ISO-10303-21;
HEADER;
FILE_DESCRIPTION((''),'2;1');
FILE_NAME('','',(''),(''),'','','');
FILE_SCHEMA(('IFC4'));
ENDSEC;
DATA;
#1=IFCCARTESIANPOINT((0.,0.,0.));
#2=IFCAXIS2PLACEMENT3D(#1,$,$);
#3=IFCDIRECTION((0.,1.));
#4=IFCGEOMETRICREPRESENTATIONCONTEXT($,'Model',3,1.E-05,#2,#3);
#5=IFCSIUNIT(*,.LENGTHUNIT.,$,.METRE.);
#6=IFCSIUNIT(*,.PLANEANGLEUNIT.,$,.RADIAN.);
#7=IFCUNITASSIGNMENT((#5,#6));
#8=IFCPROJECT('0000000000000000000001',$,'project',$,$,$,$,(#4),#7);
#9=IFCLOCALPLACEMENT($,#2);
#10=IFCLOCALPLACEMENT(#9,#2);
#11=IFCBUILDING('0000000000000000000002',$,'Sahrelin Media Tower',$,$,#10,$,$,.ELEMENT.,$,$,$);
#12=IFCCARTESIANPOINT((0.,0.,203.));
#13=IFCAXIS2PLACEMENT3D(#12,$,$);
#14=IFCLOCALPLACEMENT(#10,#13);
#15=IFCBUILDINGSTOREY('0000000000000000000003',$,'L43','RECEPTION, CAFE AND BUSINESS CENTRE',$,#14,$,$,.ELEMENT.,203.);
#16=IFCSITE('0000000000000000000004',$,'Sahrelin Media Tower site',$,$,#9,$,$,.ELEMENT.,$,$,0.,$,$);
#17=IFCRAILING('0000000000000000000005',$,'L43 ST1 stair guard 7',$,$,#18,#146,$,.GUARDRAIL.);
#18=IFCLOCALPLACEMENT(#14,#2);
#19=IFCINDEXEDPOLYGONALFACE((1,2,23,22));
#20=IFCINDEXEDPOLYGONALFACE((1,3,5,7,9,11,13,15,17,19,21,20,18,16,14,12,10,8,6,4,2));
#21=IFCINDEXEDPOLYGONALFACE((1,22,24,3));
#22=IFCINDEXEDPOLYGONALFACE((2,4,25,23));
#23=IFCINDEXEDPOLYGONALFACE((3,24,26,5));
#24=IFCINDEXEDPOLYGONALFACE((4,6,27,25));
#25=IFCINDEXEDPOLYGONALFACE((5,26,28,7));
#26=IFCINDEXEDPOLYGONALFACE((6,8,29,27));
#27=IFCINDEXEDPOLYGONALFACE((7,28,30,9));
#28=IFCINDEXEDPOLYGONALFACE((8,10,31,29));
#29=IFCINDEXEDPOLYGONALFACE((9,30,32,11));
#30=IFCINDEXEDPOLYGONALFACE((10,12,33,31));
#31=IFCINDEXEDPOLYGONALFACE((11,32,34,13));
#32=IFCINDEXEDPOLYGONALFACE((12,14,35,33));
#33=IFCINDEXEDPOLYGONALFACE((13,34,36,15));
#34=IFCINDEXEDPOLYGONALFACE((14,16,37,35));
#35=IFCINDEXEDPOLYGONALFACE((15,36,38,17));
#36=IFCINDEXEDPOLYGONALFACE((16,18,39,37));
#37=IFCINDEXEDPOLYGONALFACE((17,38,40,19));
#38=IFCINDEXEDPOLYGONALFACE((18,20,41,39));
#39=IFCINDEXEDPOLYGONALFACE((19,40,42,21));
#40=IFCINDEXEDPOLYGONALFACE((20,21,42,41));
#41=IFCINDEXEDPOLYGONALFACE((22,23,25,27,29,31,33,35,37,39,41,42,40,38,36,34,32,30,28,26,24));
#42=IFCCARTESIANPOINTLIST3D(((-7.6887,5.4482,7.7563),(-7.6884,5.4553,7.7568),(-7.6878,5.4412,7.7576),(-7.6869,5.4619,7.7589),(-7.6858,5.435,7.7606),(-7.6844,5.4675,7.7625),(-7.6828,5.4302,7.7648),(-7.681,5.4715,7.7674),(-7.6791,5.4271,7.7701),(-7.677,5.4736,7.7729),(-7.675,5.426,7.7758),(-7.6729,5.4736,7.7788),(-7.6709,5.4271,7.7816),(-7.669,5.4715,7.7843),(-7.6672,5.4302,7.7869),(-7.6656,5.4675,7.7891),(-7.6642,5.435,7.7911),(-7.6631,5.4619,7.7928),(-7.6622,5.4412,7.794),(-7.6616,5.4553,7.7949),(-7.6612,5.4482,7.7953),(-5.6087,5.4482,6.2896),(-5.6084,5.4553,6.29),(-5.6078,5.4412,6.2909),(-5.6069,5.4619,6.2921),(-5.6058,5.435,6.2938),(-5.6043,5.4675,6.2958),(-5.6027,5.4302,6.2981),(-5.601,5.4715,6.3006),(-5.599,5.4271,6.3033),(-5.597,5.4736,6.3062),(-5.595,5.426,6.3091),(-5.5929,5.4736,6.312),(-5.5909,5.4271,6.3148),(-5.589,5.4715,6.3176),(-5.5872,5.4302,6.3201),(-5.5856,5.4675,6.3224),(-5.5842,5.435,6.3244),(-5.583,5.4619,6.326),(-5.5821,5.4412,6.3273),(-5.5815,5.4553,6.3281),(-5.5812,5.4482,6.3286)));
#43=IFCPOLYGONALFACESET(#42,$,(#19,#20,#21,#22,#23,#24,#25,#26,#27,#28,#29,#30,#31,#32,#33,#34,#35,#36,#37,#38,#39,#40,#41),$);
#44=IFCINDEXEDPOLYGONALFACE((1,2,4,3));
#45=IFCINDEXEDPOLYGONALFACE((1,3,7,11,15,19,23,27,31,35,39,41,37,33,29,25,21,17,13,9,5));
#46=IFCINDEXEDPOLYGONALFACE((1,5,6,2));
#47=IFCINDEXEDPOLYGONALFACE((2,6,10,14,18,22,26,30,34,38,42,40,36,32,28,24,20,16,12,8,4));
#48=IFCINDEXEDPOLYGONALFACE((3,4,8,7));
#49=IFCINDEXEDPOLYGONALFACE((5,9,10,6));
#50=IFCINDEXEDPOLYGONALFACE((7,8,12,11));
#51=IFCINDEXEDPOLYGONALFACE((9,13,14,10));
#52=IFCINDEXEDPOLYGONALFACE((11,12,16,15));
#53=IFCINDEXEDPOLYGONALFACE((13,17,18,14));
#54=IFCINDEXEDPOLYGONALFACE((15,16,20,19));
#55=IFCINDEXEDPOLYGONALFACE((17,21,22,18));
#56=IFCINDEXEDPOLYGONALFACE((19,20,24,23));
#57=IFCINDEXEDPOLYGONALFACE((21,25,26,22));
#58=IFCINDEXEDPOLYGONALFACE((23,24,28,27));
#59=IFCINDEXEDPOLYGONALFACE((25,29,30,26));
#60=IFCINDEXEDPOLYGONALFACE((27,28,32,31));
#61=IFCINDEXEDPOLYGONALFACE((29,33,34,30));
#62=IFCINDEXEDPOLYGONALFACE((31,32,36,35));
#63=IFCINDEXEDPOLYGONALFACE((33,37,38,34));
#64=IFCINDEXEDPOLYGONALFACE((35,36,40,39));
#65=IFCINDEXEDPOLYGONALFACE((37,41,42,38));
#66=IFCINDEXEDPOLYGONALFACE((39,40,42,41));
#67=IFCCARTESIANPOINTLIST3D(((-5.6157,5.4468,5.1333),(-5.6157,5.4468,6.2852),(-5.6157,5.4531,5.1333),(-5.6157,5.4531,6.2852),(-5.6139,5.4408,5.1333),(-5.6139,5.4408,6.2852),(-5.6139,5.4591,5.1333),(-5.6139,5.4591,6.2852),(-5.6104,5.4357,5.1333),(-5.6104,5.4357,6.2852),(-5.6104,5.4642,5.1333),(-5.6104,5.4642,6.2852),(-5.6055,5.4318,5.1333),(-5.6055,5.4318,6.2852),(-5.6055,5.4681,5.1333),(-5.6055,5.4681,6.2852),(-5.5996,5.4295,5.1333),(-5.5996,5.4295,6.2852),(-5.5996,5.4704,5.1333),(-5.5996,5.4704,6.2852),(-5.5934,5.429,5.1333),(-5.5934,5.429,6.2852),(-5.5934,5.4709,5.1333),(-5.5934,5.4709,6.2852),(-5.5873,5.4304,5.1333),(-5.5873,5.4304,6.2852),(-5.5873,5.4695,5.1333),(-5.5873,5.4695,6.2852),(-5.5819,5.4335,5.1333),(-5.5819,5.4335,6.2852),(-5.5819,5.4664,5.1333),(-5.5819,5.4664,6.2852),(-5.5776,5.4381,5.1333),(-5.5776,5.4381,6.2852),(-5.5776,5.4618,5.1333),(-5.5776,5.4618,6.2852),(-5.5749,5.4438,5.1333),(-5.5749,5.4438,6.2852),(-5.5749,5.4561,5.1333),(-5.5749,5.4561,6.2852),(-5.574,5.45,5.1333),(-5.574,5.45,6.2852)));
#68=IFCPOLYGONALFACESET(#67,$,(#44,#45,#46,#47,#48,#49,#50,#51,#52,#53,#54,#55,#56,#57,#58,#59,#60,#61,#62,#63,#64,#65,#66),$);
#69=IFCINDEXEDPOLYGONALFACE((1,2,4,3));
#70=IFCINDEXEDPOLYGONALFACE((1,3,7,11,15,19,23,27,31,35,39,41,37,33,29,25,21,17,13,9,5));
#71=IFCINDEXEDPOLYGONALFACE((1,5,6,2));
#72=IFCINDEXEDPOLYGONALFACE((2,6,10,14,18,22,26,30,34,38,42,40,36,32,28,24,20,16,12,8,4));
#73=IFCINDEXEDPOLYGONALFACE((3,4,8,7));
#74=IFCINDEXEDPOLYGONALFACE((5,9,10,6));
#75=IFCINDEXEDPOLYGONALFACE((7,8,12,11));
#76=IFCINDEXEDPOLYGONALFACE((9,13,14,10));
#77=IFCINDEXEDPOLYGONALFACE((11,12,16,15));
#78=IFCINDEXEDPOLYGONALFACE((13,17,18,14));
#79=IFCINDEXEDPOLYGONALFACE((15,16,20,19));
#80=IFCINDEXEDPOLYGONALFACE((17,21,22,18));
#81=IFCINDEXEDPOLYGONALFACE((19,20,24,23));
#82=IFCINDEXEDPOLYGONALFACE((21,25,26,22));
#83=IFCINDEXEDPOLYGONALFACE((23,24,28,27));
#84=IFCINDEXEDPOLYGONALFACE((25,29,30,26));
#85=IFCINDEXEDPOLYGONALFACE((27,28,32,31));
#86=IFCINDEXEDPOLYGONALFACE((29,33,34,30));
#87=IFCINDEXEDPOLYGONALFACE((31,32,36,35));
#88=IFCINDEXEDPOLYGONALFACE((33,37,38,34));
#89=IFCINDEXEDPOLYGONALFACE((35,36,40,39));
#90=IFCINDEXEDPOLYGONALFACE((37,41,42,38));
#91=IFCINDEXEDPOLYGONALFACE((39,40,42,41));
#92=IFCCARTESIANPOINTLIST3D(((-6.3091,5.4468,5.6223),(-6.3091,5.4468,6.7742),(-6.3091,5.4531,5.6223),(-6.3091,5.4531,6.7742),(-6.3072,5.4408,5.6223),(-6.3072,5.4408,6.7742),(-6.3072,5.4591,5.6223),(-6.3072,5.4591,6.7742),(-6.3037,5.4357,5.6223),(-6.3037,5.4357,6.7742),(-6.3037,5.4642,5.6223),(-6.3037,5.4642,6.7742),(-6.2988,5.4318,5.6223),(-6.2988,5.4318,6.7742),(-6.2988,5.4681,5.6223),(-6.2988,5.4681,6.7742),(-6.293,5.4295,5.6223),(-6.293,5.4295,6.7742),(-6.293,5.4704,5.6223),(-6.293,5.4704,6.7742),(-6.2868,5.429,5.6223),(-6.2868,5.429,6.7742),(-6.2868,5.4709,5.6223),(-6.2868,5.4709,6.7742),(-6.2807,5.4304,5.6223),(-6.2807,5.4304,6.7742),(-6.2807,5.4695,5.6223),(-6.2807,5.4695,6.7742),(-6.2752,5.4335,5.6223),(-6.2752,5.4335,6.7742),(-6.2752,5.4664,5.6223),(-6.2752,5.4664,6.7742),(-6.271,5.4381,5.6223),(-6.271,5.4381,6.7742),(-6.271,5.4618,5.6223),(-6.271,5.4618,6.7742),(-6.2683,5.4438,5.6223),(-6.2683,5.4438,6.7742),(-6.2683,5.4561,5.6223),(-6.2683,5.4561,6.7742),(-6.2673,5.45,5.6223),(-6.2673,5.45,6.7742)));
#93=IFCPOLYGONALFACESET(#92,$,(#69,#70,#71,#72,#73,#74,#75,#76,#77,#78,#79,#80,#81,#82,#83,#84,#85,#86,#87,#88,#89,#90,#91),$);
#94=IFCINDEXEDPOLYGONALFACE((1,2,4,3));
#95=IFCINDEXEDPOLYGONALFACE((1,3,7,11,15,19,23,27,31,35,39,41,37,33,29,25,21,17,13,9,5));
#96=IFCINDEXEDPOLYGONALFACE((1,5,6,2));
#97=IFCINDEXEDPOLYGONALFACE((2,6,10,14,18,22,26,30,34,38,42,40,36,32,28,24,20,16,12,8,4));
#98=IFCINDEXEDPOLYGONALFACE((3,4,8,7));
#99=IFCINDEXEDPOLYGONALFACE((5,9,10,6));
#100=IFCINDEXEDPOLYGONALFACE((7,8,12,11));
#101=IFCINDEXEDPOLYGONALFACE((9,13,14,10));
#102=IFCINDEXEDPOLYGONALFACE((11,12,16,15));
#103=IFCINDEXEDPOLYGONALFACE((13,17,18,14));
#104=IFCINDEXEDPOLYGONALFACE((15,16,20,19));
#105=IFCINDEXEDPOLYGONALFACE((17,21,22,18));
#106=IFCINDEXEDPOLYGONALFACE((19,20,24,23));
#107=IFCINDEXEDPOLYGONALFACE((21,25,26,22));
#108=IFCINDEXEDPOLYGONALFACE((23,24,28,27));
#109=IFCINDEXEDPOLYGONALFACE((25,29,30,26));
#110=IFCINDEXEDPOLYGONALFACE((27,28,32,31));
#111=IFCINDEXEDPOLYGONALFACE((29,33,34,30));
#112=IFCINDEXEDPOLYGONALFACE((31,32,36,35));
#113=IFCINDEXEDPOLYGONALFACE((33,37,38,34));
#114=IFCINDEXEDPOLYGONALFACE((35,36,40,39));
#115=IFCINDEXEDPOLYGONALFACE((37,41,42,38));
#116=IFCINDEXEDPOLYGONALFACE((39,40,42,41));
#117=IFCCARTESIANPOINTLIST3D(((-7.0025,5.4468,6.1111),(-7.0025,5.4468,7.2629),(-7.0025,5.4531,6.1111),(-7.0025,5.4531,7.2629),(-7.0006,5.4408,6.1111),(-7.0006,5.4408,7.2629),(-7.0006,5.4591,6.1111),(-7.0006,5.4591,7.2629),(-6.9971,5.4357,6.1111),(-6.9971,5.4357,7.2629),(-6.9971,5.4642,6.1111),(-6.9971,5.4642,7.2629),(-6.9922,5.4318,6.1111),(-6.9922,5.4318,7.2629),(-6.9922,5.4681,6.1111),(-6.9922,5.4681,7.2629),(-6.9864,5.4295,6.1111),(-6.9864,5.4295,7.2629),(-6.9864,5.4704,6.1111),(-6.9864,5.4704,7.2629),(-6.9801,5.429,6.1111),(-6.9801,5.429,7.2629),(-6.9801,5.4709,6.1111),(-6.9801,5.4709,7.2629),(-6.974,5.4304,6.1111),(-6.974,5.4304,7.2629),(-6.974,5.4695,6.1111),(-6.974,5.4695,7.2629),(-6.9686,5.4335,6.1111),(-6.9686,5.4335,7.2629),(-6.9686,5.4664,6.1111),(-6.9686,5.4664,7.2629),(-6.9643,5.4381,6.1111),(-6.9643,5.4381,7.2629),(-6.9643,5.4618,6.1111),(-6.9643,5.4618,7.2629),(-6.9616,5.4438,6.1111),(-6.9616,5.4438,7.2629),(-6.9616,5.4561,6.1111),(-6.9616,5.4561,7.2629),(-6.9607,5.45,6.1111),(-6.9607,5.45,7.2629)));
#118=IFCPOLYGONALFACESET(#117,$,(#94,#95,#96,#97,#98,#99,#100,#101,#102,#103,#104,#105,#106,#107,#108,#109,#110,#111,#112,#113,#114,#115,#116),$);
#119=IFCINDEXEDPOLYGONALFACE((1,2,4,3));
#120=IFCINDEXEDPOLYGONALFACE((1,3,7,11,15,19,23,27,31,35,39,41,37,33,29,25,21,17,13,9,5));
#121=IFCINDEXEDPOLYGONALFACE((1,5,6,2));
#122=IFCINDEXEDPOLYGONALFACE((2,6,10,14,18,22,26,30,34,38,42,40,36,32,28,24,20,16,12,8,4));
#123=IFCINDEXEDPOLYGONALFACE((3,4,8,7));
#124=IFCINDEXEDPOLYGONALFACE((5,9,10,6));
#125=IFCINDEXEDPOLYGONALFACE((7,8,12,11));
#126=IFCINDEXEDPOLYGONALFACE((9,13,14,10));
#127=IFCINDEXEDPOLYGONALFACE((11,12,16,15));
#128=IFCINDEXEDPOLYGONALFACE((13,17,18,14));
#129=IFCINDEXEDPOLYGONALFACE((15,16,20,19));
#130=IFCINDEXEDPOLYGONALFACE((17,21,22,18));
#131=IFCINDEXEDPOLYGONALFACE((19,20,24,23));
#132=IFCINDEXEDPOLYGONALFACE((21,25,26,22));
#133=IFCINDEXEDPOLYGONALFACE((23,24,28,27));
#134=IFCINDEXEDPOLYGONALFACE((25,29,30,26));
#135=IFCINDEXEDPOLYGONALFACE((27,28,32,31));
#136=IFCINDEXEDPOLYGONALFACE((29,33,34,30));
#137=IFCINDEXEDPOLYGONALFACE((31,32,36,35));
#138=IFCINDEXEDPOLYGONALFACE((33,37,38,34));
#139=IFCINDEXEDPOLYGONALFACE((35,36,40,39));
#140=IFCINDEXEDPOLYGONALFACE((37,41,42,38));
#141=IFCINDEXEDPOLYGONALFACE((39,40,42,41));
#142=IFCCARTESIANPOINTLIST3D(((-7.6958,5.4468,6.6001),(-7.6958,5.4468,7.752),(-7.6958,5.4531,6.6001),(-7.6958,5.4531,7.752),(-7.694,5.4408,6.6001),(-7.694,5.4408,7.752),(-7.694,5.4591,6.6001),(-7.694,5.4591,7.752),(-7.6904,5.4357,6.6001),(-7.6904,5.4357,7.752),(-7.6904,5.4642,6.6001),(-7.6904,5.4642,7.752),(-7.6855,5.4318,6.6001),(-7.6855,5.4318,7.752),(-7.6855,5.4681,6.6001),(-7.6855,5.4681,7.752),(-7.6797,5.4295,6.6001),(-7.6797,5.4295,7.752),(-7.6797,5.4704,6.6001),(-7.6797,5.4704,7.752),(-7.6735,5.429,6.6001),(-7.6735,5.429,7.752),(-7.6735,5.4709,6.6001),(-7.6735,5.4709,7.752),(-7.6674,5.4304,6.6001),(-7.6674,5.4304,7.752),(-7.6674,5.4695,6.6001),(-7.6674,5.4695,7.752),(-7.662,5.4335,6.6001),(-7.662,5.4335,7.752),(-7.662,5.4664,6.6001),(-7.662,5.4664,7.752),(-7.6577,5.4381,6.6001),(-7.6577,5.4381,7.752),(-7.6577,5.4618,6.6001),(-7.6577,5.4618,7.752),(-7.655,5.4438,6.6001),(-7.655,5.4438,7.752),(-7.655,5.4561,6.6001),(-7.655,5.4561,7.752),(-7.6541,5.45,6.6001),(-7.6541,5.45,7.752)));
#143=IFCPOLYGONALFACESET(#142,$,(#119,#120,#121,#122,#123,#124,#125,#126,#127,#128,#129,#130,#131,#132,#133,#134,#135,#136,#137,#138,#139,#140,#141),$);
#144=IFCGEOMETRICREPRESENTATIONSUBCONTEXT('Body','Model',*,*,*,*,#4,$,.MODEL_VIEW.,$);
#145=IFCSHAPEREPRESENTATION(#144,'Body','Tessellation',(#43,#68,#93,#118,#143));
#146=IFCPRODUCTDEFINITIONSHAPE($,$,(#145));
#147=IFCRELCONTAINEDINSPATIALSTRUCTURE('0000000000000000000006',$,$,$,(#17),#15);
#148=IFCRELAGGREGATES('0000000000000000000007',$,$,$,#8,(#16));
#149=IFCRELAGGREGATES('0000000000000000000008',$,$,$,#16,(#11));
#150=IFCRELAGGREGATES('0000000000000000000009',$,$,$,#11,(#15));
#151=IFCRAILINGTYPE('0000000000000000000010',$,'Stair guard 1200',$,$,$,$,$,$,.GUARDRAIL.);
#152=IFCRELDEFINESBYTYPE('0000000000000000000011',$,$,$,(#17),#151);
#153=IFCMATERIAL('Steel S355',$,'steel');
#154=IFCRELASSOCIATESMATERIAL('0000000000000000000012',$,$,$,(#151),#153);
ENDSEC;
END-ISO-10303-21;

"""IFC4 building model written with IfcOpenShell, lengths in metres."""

from ifc_helpers import new_model, si_unit, direction, frame, origin, origin_2d, place, context, subcontext, project, spatial, circle, extrude, material, type_object, element, save


model = new_model("IFC4")

# Units and contexts
model_context = context("Model", 3, precision=1e-05, world=origin(), true_north=direction((0.0, 1.0)))
body_context = subcontext(model_context, "Body", "Model", "MODEL_VIEW")
ifc_project = project(units=[si_unit("LENGTHUNIT", "METRE"), si_unit("PLANEANGLEUNIT", "RADIAN")], contexts=[model_context])

# Site, building, storey
site_placement = place(None, origin())
site = spatial("IfcSite", under=ifc_project, at=site_placement, Name="Sahrelin Media Tower site", CompositionType="ELEMENT", RefElevation=0.0)
building_placement = place(site_placement, origin())
building = spatial("IfcBuilding", under=site, at=building_placement, Name="Sahrelin Media Tower", CompositionType="ELEMENT")
storey_placement = place(building_placement, frame((0.0, 0.0, 203.0)))
storey = spatial("IfcBuildingStorey", under=building, at=storey_placement, Name="L43", Description="RECEPTION, CAFE AND BUSINESS CENTRE", CompositionType="ELEMENT", Elevation=203.0)

# Railing
ifc_material_1 = material(Name="Steel S355", Category="steel")
railing_type_1 = type_object("IfcRailingType", Name="Stair guard 1200", PredefinedType="GUARDRAIL", material=ifc_material_1)
railing_1_placement = place(storey_placement, frame((-5.595, 5.45, 5.1333)))
element("IfcRailing", 1, at=railing_1_placement, inside=storey, type_object=railing_type_1, Name="L43 ST1 stair guard 7", PredefinedType="GUARDRAIL", context=body_context, shape_type="SweptSolid", body=[
    extrude(circle(Radius=0.0239, at=origin_2d()), frame((0.0, 0.0, 1.1758), z_axis=(-0.817244, 0.0, 0.576291), x_axis=(0.0, -1.0, 0.0)), (0.0, 0.0, 1.0), 2.5452),
    extrude(circle(Radius=0.021, at=origin_2d()), origin(), (0.0, 0.0, 1.0), 1.1519),
    extrude(circle(Radius=0.021, at=origin_2d()), frame((-0.6934, 0.0, 0.489)), (0.0, 0.0, 1.0), 1.1519),
    extrude(circle(Radius=0.021, at=origin_2d()), frame((-1.3867, 0.0, 0.9778)), (0.0, 0.0, 1.0), 1.1519),
    extrude(circle(Radius=0.021, at=origin_2d()), frame((-2.0801, 0.0, 1.4668)), (0.0, 0.0, 1.0), 1.1519),
])

save(model, "model.ifc")
